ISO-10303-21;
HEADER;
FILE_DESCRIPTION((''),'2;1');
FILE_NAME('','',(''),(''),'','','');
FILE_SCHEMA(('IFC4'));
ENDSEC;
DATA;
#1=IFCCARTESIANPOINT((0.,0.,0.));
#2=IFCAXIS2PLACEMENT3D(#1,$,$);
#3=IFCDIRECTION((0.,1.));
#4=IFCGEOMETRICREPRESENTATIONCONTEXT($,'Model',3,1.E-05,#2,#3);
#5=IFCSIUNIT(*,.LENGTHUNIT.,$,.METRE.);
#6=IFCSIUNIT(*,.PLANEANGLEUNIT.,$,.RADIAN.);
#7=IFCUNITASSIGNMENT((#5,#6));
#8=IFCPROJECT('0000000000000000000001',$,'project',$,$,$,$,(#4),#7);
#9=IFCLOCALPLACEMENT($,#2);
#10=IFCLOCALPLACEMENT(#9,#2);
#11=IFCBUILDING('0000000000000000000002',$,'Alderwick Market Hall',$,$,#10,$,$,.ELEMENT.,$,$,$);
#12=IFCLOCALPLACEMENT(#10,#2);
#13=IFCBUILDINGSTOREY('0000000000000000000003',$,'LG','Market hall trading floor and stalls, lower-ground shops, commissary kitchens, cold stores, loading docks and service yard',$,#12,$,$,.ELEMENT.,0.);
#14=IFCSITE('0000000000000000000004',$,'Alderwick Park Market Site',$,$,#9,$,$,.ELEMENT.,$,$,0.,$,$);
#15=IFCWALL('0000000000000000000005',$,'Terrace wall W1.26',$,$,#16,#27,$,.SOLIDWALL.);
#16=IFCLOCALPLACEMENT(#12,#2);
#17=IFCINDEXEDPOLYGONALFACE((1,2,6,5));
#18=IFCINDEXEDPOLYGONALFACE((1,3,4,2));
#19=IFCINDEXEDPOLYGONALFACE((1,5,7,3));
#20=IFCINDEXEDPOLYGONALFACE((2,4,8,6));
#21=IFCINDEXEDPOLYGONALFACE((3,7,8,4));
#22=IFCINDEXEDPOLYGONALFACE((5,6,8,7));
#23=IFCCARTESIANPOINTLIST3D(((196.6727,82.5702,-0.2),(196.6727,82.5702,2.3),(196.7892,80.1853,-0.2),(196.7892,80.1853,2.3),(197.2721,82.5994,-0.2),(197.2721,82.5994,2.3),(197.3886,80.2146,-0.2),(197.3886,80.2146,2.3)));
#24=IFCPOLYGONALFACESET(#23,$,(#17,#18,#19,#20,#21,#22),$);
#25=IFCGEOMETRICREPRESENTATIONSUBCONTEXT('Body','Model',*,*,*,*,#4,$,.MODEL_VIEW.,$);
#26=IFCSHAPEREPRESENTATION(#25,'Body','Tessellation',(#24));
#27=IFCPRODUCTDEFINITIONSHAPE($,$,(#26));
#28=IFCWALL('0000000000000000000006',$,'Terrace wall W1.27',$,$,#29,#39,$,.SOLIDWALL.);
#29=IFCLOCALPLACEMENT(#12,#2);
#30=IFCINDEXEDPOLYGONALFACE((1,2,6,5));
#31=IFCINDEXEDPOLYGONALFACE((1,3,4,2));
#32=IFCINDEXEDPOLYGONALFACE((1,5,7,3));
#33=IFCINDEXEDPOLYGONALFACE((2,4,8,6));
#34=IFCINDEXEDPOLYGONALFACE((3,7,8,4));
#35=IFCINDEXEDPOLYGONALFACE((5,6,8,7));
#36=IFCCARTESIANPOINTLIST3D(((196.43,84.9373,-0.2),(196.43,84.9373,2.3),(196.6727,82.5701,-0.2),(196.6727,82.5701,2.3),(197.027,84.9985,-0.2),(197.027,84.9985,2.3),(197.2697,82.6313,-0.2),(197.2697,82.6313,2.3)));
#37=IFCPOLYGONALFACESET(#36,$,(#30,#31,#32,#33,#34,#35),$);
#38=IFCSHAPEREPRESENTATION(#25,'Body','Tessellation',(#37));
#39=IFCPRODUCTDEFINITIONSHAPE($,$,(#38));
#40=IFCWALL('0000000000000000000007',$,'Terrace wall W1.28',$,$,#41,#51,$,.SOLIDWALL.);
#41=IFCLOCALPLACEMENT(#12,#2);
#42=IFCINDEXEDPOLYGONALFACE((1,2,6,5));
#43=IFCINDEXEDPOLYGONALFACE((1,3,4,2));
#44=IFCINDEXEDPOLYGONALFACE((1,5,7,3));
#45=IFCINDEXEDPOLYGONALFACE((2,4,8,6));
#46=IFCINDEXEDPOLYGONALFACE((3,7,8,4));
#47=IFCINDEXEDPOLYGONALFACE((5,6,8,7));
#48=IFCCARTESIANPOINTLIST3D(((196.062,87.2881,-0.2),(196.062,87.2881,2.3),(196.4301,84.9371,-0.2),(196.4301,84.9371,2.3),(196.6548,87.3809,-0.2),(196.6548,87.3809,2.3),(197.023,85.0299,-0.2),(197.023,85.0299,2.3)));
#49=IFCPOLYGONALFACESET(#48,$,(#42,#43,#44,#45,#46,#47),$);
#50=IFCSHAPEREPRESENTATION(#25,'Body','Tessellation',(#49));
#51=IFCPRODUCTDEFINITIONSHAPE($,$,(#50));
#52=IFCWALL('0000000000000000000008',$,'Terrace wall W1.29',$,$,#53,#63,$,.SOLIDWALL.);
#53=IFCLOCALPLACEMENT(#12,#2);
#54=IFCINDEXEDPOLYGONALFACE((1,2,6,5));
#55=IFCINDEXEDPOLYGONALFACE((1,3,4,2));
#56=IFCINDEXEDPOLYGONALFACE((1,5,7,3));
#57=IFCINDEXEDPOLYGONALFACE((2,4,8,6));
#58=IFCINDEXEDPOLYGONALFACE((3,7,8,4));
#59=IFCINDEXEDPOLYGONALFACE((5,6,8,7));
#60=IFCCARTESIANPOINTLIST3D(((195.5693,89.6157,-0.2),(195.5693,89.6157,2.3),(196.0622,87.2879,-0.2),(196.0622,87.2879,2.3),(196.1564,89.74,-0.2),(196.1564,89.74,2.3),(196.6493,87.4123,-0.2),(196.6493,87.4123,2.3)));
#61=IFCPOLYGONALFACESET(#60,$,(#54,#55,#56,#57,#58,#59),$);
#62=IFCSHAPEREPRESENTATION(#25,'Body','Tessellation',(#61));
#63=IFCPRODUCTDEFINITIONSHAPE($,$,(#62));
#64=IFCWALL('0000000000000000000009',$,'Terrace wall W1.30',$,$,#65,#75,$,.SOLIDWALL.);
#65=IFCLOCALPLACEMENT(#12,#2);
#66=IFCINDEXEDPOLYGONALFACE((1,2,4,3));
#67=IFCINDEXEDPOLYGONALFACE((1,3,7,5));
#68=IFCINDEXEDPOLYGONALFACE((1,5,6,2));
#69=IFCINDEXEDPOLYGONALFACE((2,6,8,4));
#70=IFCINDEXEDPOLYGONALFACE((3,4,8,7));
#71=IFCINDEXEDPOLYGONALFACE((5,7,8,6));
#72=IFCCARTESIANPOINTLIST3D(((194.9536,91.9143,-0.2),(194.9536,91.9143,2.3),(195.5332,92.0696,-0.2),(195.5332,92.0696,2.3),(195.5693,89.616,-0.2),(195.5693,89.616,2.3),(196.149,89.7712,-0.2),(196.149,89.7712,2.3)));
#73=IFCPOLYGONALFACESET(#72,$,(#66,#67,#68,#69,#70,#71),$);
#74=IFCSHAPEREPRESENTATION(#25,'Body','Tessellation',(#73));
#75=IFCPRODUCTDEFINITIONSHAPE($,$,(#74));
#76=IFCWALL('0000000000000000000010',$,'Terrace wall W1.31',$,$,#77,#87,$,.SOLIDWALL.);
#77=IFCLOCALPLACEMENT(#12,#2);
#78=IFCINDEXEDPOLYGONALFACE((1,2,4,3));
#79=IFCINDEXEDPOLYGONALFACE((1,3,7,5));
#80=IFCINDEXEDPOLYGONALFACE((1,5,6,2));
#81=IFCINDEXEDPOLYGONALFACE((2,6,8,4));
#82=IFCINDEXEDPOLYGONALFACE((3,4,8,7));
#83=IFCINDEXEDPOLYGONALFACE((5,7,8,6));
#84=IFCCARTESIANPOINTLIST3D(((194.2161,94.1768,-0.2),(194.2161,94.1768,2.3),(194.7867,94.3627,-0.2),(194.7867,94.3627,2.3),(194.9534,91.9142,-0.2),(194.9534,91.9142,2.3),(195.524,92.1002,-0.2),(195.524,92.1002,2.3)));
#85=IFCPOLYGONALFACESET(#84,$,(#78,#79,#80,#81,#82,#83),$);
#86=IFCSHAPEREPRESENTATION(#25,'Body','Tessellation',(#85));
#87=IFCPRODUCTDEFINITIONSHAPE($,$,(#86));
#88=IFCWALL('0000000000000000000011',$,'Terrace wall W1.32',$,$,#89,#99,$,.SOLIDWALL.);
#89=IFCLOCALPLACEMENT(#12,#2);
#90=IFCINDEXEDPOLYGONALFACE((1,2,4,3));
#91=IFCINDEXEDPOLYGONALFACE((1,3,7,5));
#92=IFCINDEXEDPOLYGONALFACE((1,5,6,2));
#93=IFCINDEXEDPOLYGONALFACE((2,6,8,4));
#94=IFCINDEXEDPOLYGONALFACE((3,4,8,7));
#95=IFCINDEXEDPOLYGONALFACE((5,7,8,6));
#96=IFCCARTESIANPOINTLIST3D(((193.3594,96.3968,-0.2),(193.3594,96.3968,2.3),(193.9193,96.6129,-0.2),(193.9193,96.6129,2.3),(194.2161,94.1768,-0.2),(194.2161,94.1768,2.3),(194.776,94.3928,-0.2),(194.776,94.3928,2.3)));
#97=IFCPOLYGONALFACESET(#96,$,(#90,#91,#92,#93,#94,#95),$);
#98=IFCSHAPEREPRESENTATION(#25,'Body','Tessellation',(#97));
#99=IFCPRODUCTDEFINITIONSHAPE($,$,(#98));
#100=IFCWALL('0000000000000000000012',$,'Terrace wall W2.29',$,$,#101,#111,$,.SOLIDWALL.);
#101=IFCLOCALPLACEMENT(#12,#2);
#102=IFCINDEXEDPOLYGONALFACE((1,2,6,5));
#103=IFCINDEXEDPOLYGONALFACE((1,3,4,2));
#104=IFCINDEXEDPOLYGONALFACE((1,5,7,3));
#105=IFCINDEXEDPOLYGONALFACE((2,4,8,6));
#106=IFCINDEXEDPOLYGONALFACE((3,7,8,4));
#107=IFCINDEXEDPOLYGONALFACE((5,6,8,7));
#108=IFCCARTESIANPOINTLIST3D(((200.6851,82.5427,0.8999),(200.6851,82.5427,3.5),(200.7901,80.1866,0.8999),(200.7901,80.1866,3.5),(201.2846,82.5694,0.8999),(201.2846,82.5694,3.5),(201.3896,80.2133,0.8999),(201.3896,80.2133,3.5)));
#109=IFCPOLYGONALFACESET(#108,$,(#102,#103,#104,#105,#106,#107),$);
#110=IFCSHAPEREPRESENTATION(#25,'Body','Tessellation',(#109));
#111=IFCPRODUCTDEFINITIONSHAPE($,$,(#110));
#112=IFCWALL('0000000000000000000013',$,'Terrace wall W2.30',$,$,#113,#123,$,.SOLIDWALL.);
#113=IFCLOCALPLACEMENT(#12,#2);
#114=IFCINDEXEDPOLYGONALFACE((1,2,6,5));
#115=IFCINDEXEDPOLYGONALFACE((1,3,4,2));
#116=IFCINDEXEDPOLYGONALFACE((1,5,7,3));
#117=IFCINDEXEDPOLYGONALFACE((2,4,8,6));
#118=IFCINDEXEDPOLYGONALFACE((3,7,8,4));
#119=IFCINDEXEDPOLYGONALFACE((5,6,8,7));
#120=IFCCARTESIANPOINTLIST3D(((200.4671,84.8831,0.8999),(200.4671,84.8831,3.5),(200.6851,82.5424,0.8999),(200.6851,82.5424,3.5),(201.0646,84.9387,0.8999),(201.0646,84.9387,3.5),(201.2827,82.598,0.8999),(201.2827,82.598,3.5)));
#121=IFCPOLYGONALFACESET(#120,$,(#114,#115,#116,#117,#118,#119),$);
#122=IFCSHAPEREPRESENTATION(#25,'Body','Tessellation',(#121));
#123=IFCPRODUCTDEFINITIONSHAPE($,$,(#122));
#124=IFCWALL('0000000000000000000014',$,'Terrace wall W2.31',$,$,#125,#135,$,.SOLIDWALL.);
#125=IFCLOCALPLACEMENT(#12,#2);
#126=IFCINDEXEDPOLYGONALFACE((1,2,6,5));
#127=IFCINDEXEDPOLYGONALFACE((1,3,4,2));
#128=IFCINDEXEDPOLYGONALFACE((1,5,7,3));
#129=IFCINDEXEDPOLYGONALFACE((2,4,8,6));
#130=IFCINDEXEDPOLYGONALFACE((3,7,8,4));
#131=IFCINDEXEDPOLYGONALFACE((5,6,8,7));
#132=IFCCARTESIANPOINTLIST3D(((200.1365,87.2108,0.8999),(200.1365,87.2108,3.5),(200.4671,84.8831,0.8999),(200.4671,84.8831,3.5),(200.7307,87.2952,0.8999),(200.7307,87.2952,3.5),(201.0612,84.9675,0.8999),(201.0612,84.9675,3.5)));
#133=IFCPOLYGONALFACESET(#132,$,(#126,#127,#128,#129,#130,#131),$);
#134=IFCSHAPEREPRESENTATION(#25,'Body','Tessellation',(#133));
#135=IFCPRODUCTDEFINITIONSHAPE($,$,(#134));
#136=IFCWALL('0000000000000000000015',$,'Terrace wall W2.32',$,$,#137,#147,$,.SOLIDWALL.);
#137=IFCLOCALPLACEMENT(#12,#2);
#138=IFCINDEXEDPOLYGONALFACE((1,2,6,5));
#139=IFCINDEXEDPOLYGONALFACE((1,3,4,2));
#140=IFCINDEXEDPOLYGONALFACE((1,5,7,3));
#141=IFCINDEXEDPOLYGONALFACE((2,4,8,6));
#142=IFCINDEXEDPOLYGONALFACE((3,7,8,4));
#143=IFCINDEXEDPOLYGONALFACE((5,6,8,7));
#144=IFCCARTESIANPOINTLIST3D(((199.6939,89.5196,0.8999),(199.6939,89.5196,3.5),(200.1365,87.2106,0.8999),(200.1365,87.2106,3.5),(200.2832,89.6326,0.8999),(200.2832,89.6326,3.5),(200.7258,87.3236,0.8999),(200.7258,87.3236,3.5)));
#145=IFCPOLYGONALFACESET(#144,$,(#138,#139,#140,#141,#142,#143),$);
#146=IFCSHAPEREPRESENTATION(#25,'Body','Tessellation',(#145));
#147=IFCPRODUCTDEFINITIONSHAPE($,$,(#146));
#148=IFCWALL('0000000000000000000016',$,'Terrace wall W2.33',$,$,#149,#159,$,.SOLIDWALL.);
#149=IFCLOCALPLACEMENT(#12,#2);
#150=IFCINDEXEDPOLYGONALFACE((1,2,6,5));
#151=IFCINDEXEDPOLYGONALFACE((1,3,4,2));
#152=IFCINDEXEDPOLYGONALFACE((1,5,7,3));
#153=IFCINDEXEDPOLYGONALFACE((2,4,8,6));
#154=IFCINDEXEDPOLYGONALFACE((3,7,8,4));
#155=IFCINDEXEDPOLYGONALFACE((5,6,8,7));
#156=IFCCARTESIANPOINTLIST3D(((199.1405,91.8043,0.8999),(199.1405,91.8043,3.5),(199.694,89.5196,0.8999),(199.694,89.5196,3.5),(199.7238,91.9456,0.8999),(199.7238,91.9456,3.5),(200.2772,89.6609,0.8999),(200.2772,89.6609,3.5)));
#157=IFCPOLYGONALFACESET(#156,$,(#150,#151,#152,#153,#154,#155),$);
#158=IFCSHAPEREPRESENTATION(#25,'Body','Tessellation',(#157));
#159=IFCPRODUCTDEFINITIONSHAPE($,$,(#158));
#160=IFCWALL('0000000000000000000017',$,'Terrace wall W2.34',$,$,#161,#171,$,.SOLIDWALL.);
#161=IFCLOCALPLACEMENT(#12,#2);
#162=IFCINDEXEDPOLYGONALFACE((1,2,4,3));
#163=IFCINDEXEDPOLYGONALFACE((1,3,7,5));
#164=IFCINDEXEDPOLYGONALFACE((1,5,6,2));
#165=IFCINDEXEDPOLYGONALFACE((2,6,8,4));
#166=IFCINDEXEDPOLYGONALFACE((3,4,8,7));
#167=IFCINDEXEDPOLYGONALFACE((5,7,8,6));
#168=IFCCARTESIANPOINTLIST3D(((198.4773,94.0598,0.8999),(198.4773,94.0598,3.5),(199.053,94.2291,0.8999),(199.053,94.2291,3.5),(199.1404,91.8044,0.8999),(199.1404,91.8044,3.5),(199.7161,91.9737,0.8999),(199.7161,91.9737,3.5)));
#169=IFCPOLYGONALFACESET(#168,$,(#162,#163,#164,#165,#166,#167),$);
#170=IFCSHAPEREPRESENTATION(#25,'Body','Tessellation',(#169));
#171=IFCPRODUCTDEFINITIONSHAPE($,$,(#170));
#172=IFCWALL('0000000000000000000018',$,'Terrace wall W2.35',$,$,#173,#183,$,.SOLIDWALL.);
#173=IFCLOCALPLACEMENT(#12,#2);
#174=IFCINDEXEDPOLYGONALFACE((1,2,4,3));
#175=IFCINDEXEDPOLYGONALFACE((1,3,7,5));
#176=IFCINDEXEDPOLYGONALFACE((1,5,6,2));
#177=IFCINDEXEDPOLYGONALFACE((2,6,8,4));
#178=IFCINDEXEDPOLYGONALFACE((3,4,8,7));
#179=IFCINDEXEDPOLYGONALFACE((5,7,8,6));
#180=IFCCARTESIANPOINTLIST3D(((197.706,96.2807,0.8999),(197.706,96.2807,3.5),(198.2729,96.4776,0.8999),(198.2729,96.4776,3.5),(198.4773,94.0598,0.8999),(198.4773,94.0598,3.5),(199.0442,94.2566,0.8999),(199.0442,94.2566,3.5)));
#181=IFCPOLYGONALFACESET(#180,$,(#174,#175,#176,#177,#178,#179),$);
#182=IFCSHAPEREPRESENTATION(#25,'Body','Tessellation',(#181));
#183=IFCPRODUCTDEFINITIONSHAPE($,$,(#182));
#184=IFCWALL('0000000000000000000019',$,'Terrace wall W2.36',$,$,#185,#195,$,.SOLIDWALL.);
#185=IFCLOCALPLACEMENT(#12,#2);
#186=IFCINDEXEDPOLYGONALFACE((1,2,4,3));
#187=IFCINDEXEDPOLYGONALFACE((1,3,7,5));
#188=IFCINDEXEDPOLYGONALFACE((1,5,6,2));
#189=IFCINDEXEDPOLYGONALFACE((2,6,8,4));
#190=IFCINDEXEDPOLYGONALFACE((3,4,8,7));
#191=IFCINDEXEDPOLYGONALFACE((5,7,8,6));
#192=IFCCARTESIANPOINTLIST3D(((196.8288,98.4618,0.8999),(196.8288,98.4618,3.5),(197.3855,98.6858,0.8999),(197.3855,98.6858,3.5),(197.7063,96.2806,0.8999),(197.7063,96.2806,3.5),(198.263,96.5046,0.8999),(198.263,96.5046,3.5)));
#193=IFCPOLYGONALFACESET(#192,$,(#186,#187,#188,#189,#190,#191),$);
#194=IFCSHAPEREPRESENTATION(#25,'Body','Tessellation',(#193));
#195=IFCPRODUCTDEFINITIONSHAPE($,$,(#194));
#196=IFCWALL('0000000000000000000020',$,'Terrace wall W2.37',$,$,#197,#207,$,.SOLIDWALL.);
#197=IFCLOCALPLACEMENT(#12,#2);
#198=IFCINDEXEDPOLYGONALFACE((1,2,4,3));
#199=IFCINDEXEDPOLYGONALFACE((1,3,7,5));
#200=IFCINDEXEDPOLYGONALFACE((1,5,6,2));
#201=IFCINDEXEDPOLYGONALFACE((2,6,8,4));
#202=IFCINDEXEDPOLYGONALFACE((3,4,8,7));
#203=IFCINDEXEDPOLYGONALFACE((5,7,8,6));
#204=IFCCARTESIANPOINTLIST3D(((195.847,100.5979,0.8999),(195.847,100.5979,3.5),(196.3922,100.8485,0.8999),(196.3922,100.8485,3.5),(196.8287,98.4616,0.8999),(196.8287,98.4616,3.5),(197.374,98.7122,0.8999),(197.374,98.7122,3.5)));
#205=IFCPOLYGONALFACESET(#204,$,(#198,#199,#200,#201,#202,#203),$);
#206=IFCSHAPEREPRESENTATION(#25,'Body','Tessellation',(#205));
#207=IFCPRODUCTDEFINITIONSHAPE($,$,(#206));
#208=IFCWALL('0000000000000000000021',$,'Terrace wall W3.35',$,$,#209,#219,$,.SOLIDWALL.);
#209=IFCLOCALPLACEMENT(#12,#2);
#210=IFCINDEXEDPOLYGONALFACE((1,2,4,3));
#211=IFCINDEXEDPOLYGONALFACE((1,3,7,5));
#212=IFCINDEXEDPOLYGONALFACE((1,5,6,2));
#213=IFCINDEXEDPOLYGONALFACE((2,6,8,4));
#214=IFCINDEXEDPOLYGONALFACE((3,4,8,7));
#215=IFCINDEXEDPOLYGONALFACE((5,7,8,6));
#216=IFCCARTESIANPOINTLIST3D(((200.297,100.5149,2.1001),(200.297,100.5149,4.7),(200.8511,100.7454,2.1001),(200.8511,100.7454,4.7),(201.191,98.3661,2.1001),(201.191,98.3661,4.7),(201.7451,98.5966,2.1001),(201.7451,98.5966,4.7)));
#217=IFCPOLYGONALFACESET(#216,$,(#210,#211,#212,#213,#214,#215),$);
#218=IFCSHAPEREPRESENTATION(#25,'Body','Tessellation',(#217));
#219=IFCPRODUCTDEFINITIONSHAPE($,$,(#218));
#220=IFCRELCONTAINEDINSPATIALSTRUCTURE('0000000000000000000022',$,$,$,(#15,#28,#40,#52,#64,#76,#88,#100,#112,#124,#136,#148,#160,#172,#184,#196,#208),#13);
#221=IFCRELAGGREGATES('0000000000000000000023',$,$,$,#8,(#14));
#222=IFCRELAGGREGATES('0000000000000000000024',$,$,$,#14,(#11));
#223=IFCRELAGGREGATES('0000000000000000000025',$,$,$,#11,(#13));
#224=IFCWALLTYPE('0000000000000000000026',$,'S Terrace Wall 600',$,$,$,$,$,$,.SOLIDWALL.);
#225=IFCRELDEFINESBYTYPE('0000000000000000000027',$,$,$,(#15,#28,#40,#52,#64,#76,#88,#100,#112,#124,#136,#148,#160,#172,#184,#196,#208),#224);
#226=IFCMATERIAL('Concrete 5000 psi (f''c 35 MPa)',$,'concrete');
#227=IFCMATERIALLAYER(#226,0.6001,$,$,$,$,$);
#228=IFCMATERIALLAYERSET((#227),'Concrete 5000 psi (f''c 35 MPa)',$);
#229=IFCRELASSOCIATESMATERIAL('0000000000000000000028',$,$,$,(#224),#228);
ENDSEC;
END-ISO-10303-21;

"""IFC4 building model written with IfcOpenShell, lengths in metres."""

from ifc_helpers import new_model, si_unit, direction, frame, frame_2d, origin, place, context, subcontext, project, spatial, rectangle, extrude, material, layer, layer_set, type_object, element, save


model = new_model("IFC4")

# Units and contexts
model_context = context("Model", 3, precision=1e-05, world=origin(), true_north=direction((0.0, 1.0)))
body_context = subcontext(model_context, "Body", "Model", "MODEL_VIEW")
ifc_project = project(units=[si_unit("LENGTHUNIT", "METRE"), si_unit("PLANEANGLEUNIT", "RADIAN")], contexts=[model_context])

# Site, building, storey
site_placement = place(None, origin())
site = spatial("IfcSite", under=ifc_project, at=site_placement, Name="Alderwick Park Market Site", CompositionType="ELEMENT", RefElevation=0.0)
building_placement = place(site_placement, origin())
building = spatial("IfcBuilding", under=site, at=building_placement, Name="Alderwick Market Hall", CompositionType="ELEMENT")
storey_placement = place(building_placement, origin())
storey = spatial("IfcBuildingStorey", under=building, at=storey_placement, Name="LG", Description="Market hall trading floor and stalls, lower-ground shops, commissary kitchens, cold stores, loading docks and service yard", CompositionType="ELEMENT", Elevation=0.0)

# Walls
ifc_material_1 = material(Name="Concrete 5000 psi (f'c 35 MPa)", Category="concrete")
ifc_layer = layer(ifc_material_1, 0.6001)
ifc_layer_set = layer_set([ifc_layer], Name="Concrete 5000 psi (f'c 35 MPa)")
wall_type = type_object("IfcWallType", Name="S Terrace Wall 600", PredefinedType="SOLIDWALL", material=ifc_layer_set)
wall_1_placement = place(storey_placement, frame((197.0889, 80.2, -0.2), z_axis=(0.0, 0.0, 1.0), x_axis=(-0.048775, 0.99881, 0.0)))
element("IfcWall", 1, at=wall_1_placement, inside=storey, type_object=wall_type, Name="Terrace wall W1.26", PredefinedType="SOLIDWALL", context=body_context, shape_type="SweptSolid", body=[
    extrude(rectangle(XDim=2.3877, YDim=0.6001, at=frame_2d((1.1938, 0.0))), origin(), (0.0, 0.0, 1.0), 2.5),
])
for number, where, z_axis, x_axis, name in (
    (2, (196.9712, 82.6006, -0.2), (0.0, 0.0, 1.0), (-0.101982, 0.994786, 0.0), "Terrace wall W1.27"),
    (3, (196.7266, 84.9834, -0.2), (0.0, 0.0, 1.0), (-0.154709, 0.98796, 0.0), "Terrace wall W1.28"),
):
    element("IfcWall", number, at=place(storey_placement, frame(where, z_axis=z_axis, x_axis=x_axis)), inside=storey, type_object=wall_type, Name=name, PredefinedType="SOLIDWALL", context=body_context, shape_type="SweptSolid", body=[
        extrude(rectangle(XDim=2.3796, YDim=0.6001, at=frame_2d((1.1899, 0.0))), origin(), (0.0, 0.0, 1.0), 2.5),
    ])
for number, where, z_axis, x_axis, name in (
    (4, (196.3557, 87.3501, -0.2), (0.0, 0.0, 1.0), (-0.207153, 0.978309, 0.0), "Terrace wall W1.29"),
    (5, (195.8591, 89.6936, -0.2), (0.0, 0.0, 1.0), (-0.258774, 0.965938, 0.0), "Terrace wall W1.30"),
):
    element("IfcWall", number, at=place(storey_placement, frame(where, z_axis=z_axis, x_axis=x_axis)), inside=storey, type_object=wall_type, Name=name, PredefinedType="SOLIDWALL", context=body_context, shape_type="SweptSolid", body=[
        extrude(rectangle(XDim=2.3794, YDim=0.6001, at=frame_2d((1.1897, 0.0))), origin(), (0.0, 0.0, 1.0), 2.5),
    ])
for number, where, z_axis, x_axis, name in (
    (6, (195.2388, 92.0071, -0.2), (0.0, 0.0, 1.0), (-0.309849, 0.950786, 0.0), "Terrace wall W1.31"),
    (7, (194.4961, 94.2847, -0.2), (0.0, 0.0, 1.0), (-0.360024, 0.932943, 0.0), "Terrace wall W1.32"),
):
    element("IfcWall", number, at=place(storey_placement, frame(where, z_axis=z_axis, x_axis=x_axis)), inside=storey, type_object=wall_type, Name=name, PredefinedType="SOLIDWALL", context=body_context, shape_type="SweptSolid", body=[
        extrude(rectangle(XDim=2.3796, YDim=0.6001, at=frame_2d((1.1899, 0.0))), origin(), (0.0, 0.0, 1.0), 2.5),
    ])
wall_2_placement = place(storey_placement, frame((201.0898, 80.2, 0.8999), z_axis=(0.0, 0.0, 1.0), x_axis=(-0.044515, 0.999009, 0.0)))
element("IfcWall", 8, at=wall_2_placement, inside=storey, type_object=wall_type, Name="Terrace wall W2.29", PredefinedType="SOLIDWALL", context=body_context, shape_type="SweptSolid", body=[
    extrude(rectangle(XDim=2.3584, YDim=0.6001, at=frame_2d((1.1792, 0.0))), origin(), (0.0, 0.0, 1.0), 2.6001),
])
wall_3_placement = place(storey_placement, frame((200.9839, 82.5703, 0.8999), z_axis=(0.0, 0.0, 1.0), x_axis=(-0.092745, 0.99569, 0.0)))
element("IfcWall", 9, at=wall_3_placement, inside=storey, type_object=wall_type, Name="Terrace wall W2.30", PredefinedType="SOLIDWALL", context=body_context, shape_type="SweptSolid", body=[
    extrude(rectangle(XDim=2.3508, YDim=0.6001, at=frame_2d((1.1753, 0.0))), origin(), (0.0, 0.0, 1.0), 2.6001),
])
for number, where, z_axis, x_axis, name in (
    (10, (200.7642, 84.9253, 0.8999), (0.0, 0.0, 1.0), (-0.140607, 0.990065, 0.0), "Terrace wall W2.31"),
    (11, (200.4312, 87.2671, 0.8999), (0.0, 0.0, 1.0), (-0.188262, 0.982119, 0.0), "Terrace wall W2.32"),
):
    element("IfcWall", number, at=place(storey_placement, frame(where, z_axis=z_axis, x_axis=x_axis)), inside=storey, type_object=wall_type, Name=name, PredefinedType="SOLIDWALL", context=body_context, shape_type="SweptSolid", body=[
        extrude(rectangle(XDim=2.3511, YDim=0.6001, at=frame_2d((1.1755, 0.0))), origin(), (0.0, 0.0, 1.0), 2.6001),
    ])
for number, where, z_axis, x_axis, name in (
    (12, (199.9856, 89.5903, 0.8999), (0.0, 0.0, 1.0), (-0.235442, 0.971888, 0.0), "Terrace wall W2.33"),
    (13, (199.4282, 91.8892, 0.8999), (0.0, 0.0, 1.0), (-0.282065, 0.959395, 0.0), "Terrace wall W2.34"),
):
    element("IfcWall", number, at=place(storey_placement, frame(where, z_axis=z_axis, x_axis=x_axis)), inside=storey, type_object=wall_type, Name=name, PredefinedType="SOLIDWALL", context=body_context, shape_type="SweptSolid", body=[
        extrude(rectangle(XDim=2.3508, YDim=0.6001, at=frame_2d((1.1753, 0.0))), origin(), (0.0, 0.0, 1.0), 2.6001),
    ])
for number, where, z_axis, x_axis, name in (
    (14, (198.7607, 94.1582, 0.8999), (0.0, 0.0, 1.0), (-0.328041, 0.944663, 0.0), "Terrace wall W2.35"),
    (15, (197.9846, 96.3926, 0.8999), (0.0, 0.0, 1.0), (-0.373216, 0.927744, 0.0), "Terrace wall W2.36"),
    (16, (197.1013, 98.5869, 0.8999), (0.0, 0.0, 1.0), (-0.417563, 0.908648, 0.0), "Terrace wall W2.37"),
):
    element("IfcWall", number, at=place(storey_placement, frame(where, z_axis=z_axis, x_axis=x_axis)), inside=storey, type_object=wall_type, Name=name, PredefinedType="SOLIDWALL", context=body_context, shape_type="SweptSolid", body=[
        extrude(rectangle(XDim=2.3511, YDim=0.6001, at=frame_2d((1.1755, 0.0))), origin(), (0.0, 0.0, 1.0), 2.6001),
    ])
wall_4_placement = place(storey_placement, frame((201.468, 98.4814, 2.1001), z_axis=(0.0, 0.0, 1.0), x_axis=(-0.384124, 0.923282, 0.0)))
element("IfcWall", 17, at=wall_4_placement, inside=storey, type_object=wall_type, Name="Terrace wall W3.35", PredefinedType="SOLIDWALL", context=body_context, shape_type="SweptSolid", body=[
    extrude(rectangle(XDim=2.3274, YDim=0.6001, at=frame_2d((1.1636, 0.0))), origin(), (0.0, 0.0, 1.0), 2.5999),
])

save(model, "model.ifc")
